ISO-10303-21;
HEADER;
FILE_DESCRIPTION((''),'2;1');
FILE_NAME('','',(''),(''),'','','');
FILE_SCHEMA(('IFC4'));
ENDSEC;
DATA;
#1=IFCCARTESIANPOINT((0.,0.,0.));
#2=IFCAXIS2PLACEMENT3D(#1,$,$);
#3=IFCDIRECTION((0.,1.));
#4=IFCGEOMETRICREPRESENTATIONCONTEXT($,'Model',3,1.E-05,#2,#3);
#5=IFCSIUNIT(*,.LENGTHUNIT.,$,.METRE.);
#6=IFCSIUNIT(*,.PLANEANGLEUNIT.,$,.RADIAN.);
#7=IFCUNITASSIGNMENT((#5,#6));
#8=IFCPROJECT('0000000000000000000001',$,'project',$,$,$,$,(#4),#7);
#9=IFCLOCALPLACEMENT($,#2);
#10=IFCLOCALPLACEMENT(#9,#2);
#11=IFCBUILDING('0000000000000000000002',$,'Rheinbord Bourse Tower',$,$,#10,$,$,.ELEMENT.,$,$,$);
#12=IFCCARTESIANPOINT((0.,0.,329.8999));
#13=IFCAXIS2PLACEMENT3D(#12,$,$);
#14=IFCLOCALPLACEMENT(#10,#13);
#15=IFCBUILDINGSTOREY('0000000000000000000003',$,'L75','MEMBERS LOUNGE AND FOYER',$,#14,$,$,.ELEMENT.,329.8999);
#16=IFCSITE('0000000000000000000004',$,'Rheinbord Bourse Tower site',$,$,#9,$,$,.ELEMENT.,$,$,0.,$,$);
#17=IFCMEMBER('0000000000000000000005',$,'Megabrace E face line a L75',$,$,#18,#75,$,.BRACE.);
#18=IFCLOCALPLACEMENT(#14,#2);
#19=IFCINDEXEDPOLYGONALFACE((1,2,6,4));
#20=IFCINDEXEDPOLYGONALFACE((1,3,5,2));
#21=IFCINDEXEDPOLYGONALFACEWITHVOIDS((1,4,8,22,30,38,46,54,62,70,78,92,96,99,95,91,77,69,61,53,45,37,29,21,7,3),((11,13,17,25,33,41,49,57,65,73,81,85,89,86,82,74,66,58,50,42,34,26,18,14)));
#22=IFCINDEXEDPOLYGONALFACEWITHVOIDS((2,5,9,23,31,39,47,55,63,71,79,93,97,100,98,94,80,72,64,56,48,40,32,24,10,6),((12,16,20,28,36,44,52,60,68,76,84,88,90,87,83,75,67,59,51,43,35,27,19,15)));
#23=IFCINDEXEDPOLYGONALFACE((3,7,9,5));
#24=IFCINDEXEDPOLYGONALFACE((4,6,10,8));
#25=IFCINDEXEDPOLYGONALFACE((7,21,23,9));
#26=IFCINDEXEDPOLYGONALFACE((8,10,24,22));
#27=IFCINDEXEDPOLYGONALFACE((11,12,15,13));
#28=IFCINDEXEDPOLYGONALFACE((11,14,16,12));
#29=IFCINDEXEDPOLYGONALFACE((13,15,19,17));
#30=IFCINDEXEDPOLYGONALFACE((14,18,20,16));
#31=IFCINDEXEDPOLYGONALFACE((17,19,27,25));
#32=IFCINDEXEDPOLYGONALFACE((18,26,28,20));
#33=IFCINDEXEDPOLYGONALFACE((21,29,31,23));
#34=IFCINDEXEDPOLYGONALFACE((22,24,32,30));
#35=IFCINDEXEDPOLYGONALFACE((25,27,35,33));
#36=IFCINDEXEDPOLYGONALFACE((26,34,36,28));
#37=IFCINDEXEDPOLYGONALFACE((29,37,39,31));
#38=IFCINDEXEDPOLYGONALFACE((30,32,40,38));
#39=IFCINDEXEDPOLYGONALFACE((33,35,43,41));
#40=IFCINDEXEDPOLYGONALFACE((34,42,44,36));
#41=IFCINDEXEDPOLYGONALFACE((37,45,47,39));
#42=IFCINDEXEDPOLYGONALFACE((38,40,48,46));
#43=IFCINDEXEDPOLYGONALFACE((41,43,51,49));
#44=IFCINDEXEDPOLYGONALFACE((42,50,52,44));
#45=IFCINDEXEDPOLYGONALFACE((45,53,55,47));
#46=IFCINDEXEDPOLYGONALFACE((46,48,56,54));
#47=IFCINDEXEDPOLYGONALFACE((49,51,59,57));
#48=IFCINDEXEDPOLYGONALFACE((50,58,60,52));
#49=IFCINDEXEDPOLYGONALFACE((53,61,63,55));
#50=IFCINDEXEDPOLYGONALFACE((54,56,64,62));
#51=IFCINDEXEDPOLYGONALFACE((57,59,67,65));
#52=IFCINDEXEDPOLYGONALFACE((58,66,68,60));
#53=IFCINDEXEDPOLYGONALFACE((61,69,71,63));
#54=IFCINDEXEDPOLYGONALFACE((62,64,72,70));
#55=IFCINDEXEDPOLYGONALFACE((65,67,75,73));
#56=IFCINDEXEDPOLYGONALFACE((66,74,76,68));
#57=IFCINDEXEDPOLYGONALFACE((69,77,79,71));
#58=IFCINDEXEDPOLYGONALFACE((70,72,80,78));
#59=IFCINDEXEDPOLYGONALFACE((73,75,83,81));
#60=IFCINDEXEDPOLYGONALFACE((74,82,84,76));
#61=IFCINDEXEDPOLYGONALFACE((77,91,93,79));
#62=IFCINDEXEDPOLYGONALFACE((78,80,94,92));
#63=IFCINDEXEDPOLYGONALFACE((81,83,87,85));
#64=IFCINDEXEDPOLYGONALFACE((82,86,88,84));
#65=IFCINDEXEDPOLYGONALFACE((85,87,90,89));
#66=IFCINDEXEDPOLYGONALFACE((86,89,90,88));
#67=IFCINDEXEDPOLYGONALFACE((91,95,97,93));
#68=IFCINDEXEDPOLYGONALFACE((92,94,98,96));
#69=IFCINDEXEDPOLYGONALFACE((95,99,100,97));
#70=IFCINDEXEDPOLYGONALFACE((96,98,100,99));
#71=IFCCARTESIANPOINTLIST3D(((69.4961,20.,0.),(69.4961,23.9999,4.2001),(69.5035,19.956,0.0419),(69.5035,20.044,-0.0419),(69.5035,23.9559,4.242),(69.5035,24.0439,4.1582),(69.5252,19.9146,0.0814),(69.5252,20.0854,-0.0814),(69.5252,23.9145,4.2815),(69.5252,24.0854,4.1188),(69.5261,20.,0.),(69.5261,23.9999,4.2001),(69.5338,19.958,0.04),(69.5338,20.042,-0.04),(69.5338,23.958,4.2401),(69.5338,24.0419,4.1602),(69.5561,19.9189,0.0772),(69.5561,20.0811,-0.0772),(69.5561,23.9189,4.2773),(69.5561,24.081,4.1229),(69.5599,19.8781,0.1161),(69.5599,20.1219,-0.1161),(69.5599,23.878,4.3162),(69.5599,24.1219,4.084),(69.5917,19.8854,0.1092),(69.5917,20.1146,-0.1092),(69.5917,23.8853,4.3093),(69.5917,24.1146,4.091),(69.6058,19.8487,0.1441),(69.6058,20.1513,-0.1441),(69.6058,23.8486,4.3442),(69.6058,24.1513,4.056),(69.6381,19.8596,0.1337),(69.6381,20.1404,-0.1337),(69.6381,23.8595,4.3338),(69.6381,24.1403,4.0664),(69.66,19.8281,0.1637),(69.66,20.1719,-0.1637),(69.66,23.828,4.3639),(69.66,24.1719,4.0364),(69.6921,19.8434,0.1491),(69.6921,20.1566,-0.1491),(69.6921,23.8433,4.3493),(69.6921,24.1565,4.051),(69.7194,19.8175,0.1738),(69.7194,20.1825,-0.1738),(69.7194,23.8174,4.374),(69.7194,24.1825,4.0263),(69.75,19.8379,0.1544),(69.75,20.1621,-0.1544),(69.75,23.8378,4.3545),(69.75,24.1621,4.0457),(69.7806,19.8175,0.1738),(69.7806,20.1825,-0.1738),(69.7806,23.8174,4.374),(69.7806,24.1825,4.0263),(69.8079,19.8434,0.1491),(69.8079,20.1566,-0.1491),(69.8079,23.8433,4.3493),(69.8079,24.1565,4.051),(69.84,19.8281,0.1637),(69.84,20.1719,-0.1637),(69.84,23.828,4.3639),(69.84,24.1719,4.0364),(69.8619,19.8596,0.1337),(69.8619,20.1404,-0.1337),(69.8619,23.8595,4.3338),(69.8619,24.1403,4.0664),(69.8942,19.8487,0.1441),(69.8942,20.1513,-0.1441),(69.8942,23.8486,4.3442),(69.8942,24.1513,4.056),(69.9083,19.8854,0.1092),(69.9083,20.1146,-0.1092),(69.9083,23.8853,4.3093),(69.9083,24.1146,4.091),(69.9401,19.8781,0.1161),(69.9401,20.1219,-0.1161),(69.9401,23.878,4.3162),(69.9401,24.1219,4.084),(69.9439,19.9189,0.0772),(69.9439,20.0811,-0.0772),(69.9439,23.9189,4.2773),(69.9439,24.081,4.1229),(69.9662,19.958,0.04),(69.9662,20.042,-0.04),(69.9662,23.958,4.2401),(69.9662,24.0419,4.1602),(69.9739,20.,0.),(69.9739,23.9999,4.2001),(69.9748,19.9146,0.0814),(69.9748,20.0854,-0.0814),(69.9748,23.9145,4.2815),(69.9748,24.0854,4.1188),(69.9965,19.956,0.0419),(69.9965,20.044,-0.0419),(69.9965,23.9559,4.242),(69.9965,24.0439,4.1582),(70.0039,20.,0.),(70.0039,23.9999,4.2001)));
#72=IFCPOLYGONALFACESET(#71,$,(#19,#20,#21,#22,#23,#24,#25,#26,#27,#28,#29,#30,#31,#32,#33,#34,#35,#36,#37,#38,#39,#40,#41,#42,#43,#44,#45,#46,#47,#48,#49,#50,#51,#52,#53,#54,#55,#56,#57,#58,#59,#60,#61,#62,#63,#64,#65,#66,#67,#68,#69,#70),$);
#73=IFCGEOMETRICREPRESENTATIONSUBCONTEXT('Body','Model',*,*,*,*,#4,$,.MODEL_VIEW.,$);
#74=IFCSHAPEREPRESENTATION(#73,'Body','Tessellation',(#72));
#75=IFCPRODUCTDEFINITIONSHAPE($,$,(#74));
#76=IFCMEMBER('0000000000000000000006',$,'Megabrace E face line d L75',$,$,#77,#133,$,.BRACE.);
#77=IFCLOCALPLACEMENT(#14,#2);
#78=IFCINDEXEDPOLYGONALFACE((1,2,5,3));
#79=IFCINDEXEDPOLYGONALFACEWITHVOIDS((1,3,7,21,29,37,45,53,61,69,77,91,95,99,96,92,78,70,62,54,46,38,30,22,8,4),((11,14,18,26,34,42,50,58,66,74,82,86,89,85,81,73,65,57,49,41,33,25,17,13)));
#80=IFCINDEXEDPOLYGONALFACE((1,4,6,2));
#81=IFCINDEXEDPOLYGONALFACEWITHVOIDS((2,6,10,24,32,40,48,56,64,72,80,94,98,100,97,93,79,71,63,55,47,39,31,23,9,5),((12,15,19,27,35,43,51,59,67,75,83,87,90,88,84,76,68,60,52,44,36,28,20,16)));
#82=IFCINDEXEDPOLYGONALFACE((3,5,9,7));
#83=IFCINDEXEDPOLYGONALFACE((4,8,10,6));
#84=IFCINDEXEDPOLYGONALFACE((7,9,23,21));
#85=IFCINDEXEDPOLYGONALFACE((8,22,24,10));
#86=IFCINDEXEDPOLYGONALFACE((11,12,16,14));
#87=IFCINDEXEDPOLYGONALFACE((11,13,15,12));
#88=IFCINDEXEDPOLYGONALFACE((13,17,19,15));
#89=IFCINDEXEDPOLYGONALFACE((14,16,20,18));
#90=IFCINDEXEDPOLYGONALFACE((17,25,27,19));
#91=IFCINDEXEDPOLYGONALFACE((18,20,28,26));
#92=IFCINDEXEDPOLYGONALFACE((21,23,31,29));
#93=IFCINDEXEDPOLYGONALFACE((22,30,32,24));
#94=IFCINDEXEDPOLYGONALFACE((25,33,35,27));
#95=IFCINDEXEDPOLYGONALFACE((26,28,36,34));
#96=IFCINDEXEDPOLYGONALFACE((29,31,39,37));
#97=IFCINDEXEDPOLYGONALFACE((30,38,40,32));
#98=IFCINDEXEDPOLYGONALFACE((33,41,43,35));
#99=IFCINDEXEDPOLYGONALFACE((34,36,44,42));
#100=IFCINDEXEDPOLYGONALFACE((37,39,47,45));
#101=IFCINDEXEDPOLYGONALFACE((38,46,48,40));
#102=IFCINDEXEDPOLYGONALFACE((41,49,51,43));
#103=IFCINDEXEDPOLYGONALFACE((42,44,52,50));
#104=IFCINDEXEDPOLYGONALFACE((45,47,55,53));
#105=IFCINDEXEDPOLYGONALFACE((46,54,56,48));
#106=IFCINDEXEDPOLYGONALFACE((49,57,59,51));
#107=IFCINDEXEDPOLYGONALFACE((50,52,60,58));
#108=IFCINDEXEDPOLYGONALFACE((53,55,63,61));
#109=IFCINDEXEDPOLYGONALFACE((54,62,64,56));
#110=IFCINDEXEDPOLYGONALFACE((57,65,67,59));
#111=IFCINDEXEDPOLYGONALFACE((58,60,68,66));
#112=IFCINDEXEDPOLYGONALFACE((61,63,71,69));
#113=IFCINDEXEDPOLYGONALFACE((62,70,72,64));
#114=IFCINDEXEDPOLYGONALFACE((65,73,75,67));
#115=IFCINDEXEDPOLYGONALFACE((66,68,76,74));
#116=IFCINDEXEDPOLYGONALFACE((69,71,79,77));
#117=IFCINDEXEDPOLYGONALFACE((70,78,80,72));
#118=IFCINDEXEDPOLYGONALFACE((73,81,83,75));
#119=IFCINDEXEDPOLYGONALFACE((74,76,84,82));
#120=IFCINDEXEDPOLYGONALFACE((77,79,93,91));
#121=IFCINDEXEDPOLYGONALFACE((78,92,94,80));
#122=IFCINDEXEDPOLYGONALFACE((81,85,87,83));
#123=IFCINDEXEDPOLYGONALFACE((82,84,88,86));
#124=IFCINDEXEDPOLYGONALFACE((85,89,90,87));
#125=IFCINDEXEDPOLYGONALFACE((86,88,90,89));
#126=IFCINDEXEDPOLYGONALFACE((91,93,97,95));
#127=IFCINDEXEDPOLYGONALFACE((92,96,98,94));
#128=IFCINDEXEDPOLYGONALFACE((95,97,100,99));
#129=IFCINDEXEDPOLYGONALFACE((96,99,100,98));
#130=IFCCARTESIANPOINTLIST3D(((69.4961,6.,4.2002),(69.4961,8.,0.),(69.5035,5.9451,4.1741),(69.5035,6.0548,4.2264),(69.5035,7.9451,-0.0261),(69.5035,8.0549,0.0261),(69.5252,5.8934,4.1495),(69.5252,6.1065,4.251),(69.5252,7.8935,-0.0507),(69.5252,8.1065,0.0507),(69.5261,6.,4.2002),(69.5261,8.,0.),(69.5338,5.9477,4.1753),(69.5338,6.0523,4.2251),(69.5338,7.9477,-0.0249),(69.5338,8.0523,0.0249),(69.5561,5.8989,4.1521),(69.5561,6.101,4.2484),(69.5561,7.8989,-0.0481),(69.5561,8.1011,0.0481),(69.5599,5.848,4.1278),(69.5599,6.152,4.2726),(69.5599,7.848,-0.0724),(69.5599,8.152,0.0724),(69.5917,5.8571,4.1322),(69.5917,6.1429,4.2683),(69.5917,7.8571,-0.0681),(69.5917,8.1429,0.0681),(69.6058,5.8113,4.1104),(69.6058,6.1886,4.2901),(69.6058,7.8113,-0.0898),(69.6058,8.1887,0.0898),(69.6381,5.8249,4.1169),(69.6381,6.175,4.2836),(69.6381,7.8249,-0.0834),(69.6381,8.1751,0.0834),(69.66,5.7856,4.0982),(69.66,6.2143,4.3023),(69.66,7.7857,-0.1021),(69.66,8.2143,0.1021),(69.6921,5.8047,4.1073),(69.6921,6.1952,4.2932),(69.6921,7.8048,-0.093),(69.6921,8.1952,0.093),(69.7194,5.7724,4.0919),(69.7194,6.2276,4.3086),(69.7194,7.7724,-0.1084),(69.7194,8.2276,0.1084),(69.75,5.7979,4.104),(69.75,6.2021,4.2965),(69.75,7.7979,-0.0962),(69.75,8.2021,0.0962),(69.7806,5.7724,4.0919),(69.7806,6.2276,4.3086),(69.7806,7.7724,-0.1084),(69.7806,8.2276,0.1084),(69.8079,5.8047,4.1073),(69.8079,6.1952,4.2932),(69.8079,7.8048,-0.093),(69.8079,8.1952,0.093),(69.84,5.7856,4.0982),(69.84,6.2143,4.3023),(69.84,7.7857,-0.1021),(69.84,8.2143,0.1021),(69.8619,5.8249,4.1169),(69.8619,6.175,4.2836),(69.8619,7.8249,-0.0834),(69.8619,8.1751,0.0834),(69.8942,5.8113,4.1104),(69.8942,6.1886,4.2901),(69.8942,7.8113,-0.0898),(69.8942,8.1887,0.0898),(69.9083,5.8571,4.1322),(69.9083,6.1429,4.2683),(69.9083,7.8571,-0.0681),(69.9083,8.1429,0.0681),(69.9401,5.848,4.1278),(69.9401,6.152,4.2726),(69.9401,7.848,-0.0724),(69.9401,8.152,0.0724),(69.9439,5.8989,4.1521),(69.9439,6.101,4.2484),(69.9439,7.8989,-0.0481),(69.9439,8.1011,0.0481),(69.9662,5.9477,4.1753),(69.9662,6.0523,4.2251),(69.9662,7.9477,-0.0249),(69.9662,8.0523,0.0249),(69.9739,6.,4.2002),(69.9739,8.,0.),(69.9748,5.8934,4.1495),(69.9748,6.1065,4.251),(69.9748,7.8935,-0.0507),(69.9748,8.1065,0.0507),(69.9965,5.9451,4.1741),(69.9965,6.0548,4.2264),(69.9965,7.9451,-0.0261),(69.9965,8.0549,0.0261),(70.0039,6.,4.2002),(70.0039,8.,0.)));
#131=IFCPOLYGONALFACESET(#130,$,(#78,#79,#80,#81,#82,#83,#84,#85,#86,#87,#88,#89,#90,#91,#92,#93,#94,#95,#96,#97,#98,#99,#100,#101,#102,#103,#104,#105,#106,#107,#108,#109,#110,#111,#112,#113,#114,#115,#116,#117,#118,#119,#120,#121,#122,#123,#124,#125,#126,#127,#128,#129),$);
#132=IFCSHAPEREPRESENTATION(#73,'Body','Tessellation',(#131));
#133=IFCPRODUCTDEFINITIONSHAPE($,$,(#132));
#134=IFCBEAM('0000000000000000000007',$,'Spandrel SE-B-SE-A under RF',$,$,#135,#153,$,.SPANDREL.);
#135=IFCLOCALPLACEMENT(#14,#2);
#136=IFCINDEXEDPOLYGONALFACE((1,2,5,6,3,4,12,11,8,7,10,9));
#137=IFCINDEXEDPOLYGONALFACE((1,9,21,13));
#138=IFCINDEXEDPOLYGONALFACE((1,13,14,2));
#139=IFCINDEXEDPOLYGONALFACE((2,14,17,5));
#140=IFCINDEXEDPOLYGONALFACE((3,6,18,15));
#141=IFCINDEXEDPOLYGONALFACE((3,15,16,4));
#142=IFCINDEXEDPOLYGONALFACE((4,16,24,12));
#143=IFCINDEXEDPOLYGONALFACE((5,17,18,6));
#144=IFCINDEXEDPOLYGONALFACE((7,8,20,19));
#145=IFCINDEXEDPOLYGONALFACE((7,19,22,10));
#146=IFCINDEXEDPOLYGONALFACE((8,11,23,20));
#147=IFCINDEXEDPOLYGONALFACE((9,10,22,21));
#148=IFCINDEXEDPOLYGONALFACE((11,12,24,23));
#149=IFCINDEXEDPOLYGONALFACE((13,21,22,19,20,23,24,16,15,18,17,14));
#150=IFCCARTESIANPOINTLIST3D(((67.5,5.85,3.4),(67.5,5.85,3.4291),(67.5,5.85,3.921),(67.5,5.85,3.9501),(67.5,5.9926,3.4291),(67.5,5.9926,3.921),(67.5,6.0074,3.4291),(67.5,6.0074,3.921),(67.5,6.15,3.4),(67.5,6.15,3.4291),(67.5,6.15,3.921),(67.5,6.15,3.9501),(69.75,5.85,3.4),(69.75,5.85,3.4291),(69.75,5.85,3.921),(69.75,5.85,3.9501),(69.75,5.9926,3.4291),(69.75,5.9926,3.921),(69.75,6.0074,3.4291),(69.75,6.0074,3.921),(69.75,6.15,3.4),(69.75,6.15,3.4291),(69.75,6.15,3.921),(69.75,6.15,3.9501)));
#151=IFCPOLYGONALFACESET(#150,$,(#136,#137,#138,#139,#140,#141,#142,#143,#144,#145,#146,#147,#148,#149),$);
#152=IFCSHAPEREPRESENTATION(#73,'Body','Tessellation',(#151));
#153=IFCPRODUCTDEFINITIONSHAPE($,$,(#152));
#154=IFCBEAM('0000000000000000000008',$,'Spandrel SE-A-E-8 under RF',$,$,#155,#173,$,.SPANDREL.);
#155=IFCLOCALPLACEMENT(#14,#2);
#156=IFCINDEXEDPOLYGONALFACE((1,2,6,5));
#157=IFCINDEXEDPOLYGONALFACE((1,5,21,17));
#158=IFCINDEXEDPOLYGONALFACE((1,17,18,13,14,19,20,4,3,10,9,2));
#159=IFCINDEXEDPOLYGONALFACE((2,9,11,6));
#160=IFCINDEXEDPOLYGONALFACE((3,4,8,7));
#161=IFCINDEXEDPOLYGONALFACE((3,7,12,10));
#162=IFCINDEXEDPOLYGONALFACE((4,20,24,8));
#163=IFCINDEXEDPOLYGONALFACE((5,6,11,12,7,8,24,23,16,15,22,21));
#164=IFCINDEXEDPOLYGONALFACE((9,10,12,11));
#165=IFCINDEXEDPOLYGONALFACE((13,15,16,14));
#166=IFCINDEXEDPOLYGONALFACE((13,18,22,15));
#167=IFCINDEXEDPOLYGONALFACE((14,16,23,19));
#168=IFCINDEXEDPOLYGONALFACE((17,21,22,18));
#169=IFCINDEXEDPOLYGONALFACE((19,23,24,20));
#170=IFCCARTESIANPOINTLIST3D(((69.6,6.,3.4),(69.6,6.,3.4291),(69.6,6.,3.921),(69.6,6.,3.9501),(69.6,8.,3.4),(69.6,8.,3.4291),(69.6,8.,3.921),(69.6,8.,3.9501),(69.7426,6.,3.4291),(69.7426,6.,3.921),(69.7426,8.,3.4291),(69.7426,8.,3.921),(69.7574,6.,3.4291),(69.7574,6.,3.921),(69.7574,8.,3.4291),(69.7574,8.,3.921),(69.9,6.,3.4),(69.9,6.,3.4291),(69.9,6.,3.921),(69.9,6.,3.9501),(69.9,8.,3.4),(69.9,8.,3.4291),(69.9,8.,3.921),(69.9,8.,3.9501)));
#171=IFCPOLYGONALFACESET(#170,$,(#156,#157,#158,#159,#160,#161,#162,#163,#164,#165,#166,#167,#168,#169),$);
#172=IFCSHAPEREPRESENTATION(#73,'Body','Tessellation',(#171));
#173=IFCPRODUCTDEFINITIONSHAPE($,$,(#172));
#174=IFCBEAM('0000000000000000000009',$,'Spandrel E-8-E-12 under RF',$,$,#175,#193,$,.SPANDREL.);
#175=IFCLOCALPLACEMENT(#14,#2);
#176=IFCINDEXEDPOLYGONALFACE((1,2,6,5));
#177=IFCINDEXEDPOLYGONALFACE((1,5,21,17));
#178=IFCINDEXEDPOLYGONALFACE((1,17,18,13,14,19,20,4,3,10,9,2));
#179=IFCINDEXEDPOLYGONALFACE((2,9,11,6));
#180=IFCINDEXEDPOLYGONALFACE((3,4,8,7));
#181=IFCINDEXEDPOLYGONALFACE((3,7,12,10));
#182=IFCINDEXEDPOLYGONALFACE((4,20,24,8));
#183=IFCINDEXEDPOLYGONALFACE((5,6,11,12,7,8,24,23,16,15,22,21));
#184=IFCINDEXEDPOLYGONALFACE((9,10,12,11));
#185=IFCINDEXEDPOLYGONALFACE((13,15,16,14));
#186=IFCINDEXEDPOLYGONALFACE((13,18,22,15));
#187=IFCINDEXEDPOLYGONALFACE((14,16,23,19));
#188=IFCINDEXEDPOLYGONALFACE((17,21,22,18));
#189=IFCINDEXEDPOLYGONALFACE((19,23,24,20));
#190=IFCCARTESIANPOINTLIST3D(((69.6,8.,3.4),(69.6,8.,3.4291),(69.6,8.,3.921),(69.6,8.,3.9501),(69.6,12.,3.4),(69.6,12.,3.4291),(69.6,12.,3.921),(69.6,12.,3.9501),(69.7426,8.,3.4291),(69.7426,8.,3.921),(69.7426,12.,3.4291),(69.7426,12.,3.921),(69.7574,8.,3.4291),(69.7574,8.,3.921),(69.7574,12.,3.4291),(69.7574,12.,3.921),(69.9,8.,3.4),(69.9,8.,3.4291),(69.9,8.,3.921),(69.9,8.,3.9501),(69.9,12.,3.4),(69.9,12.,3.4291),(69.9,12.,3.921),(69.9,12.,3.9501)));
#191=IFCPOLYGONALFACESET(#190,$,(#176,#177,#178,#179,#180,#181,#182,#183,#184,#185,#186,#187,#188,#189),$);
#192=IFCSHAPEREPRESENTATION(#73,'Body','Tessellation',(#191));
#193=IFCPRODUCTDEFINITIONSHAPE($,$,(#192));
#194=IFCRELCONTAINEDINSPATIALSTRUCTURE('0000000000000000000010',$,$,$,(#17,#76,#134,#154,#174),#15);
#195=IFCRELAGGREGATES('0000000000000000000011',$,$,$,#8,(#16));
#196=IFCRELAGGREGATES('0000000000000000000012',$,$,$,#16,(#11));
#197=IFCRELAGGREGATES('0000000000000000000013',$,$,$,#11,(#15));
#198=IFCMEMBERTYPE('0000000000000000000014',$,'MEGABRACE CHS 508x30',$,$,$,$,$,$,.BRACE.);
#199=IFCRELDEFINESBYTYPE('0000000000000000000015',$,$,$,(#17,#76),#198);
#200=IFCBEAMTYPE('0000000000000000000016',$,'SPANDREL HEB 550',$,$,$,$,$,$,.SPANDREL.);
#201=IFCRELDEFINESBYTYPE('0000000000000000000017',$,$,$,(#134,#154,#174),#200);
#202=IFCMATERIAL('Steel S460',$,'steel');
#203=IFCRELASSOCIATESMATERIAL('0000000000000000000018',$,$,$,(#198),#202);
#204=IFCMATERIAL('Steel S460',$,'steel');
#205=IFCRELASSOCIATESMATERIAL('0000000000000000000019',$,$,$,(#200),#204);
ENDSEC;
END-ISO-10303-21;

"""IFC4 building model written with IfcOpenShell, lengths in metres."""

from ifc_helpers import new_model, si_unit, direction, frame, origin, origin_2d, place, context, subcontext, project, spatial, hollow_circle, i_section, extrude, material, material_profile, profile_set, type_object, element, save


model = new_model("IFC4")

# Units and contexts
model_context = context("Model", 3, precision=1e-05, world=origin(), true_north=direction((0.0, 1.0)))
body_context = subcontext(model_context, "Body", "Model", "MODEL_VIEW")
ifc_project = project(units=[si_unit("LENGTHUNIT", "METRE"), si_unit("PLANEANGLEUNIT", "RADIAN")], contexts=[model_context])

# Site, building, storey
site_placement = place(None, origin())
site = spatial("IfcSite", under=ifc_project, at=site_placement, Name="Rheinbord Bourse Tower site", CompositionType="ELEMENT", RefElevation=0.0)
building_placement = place(site_placement, origin())
building = spatial("IfcBuilding", under=site, at=building_placement, Name="Rheinbord Bourse Tower", CompositionType="ELEMENT")
storey_placement = place(building_placement, frame((0.0, 0.0, 329.8999)))
storey = spatial("IfcBuildingStorey", under=building, at=storey_placement, Name="L75", Description="MEMBERS LOUNGE AND FOYER", CompositionType="ELEMENT", Elevation=329.8999)

# Members
ifc_material_1 = material(Name="Steel S460", Category="steel")
ifc_material_profile_1 = material_profile(ifc_material_1, hollow_circle(Radius=0.2539, WallThickness=0.03, at=origin_2d()), Name="CHS 508x30")
ifc_profile_set_1 = profile_set([ifc_material_profile_1], Name="Steel S460")
member_type_1 = type_object("IfcMemberType", Name="MEGABRACE CHS 508x30", PredefinedType="BRACE", material=ifc_profile_set_1)
member_1_placement = place(storey_placement, frame((69.75, 20.0, 0.0), z_axis=(0.0, 0.689638, 0.724154), x_axis=(-1.0, 0.0, 0.0)))
element("IfcMember", 1, at=member_1_placement, inside=storey, type_object=member_type_1, Name="Megabrace E face line a L75", PredefinedType="BRACE", context=body_context, shape_type="SweptSolid", body=[
    extrude(hollow_circle(Radius=0.2539, WallThickness=0.03, at=origin_2d()), origin(), (0.0, 0.0, 1.0), 5.8),
])
member_2_placement = place(storey_placement, frame((69.75, 8.0, 0.0), z_axis=(0.0, -0.429917, 0.902868), x_axis=(1.0, 0.0, 0.0)))
element("IfcMember", 2, at=member_2_placement, inside=storey, type_object=member_type_1, Name="Megabrace E face line d L75", PredefinedType="BRACE", context=body_context, shape_type="SweptSolid", body=[
    extrude(hollow_circle(Radius=0.2539, WallThickness=0.03, at=origin_2d()), origin(), (0.0, 0.0, 1.0), 4.6521),
])

# Beams
ifc_material_2 = material(Name="Steel S460", Category="steel")
ifc_material_profile_2 = material_profile(ifc_material_2, i_section(OverallWidth=0.3, OverallDepth=0.55, WebThickness=0.0149, FlangeThickness=0.0291, at=origin_2d()), Name="HEB 550")
ifc_profile_set_2 = profile_set([ifc_material_profile_2], Name="Steel S460")
beam_type_1 = type_object("IfcBeamType", Name="SPANDREL HEB 550", PredefinedType="SPANDREL", material=ifc_profile_set_2)
beam_1_placement = place(storey_placement, frame((67.5, 6.0, 3.675), z_axis=(1.0, 0.0, 0.0), x_axis=(0.0, 1.0, 0.0)))
element("IfcBeam", 3, at=beam_1_placement, inside=storey, type_object=beam_type_1, Name="Spandrel SE-B-SE-A under RF", PredefinedType="SPANDREL", context=body_context, shape_type="SweptSolid", body=[
    extrude(i_section(OverallWidth=0.3, OverallDepth=0.55, WebThickness=0.0149, FlangeThickness=0.0291, at=origin_2d()), origin(), (0.0, 0.0, 1.0), 2.25),
])
beam_2_placement = place(storey_placement, frame((69.75, 6.0, 3.675), z_axis=(0.0, 1.0, 0.0), x_axis=(-1.0, 0.0, 0.0)))
element("IfcBeam", 4, at=beam_2_placement, inside=storey, type_object=beam_type_1, Name="Spandrel SE-A-E-8 under RF", PredefinedType="SPANDREL", context=body_context, shape_type="SweptSolid", body=[
    extrude(i_section(OverallWidth=0.3, OverallDepth=0.55, WebThickness=0.0149, FlangeThickness=0.0291, at=origin_2d()), origin(), (0.0, 0.0, 1.0), 2.0),
])
for number, where, z_axis, x_axis, name in (
    (5, (69.75, 8.0, 3.675), (0.0, 1.0, 0.0), (-1.0, 0.0, 0.0), "Spandrel E-8-E-12 under RF"),
):
    element("IfcBeam", number, at=place(storey_placement, frame(where, z_axis=z_axis, x_axis=x_axis)), inside=storey, type_object=beam_type_1, Name=name, PredefinedType="SPANDREL", context=body_context, shape_type="SweptSolid", body=[
        extrude(i_section(OverallWidth=0.3, OverallDepth=0.55, WebThickness=0.0149, FlangeThickness=0.0291, at=origin_2d()), origin(), (0.0, 0.0, 1.0), 4.0),
    ])

save(model, "model.ifc")
